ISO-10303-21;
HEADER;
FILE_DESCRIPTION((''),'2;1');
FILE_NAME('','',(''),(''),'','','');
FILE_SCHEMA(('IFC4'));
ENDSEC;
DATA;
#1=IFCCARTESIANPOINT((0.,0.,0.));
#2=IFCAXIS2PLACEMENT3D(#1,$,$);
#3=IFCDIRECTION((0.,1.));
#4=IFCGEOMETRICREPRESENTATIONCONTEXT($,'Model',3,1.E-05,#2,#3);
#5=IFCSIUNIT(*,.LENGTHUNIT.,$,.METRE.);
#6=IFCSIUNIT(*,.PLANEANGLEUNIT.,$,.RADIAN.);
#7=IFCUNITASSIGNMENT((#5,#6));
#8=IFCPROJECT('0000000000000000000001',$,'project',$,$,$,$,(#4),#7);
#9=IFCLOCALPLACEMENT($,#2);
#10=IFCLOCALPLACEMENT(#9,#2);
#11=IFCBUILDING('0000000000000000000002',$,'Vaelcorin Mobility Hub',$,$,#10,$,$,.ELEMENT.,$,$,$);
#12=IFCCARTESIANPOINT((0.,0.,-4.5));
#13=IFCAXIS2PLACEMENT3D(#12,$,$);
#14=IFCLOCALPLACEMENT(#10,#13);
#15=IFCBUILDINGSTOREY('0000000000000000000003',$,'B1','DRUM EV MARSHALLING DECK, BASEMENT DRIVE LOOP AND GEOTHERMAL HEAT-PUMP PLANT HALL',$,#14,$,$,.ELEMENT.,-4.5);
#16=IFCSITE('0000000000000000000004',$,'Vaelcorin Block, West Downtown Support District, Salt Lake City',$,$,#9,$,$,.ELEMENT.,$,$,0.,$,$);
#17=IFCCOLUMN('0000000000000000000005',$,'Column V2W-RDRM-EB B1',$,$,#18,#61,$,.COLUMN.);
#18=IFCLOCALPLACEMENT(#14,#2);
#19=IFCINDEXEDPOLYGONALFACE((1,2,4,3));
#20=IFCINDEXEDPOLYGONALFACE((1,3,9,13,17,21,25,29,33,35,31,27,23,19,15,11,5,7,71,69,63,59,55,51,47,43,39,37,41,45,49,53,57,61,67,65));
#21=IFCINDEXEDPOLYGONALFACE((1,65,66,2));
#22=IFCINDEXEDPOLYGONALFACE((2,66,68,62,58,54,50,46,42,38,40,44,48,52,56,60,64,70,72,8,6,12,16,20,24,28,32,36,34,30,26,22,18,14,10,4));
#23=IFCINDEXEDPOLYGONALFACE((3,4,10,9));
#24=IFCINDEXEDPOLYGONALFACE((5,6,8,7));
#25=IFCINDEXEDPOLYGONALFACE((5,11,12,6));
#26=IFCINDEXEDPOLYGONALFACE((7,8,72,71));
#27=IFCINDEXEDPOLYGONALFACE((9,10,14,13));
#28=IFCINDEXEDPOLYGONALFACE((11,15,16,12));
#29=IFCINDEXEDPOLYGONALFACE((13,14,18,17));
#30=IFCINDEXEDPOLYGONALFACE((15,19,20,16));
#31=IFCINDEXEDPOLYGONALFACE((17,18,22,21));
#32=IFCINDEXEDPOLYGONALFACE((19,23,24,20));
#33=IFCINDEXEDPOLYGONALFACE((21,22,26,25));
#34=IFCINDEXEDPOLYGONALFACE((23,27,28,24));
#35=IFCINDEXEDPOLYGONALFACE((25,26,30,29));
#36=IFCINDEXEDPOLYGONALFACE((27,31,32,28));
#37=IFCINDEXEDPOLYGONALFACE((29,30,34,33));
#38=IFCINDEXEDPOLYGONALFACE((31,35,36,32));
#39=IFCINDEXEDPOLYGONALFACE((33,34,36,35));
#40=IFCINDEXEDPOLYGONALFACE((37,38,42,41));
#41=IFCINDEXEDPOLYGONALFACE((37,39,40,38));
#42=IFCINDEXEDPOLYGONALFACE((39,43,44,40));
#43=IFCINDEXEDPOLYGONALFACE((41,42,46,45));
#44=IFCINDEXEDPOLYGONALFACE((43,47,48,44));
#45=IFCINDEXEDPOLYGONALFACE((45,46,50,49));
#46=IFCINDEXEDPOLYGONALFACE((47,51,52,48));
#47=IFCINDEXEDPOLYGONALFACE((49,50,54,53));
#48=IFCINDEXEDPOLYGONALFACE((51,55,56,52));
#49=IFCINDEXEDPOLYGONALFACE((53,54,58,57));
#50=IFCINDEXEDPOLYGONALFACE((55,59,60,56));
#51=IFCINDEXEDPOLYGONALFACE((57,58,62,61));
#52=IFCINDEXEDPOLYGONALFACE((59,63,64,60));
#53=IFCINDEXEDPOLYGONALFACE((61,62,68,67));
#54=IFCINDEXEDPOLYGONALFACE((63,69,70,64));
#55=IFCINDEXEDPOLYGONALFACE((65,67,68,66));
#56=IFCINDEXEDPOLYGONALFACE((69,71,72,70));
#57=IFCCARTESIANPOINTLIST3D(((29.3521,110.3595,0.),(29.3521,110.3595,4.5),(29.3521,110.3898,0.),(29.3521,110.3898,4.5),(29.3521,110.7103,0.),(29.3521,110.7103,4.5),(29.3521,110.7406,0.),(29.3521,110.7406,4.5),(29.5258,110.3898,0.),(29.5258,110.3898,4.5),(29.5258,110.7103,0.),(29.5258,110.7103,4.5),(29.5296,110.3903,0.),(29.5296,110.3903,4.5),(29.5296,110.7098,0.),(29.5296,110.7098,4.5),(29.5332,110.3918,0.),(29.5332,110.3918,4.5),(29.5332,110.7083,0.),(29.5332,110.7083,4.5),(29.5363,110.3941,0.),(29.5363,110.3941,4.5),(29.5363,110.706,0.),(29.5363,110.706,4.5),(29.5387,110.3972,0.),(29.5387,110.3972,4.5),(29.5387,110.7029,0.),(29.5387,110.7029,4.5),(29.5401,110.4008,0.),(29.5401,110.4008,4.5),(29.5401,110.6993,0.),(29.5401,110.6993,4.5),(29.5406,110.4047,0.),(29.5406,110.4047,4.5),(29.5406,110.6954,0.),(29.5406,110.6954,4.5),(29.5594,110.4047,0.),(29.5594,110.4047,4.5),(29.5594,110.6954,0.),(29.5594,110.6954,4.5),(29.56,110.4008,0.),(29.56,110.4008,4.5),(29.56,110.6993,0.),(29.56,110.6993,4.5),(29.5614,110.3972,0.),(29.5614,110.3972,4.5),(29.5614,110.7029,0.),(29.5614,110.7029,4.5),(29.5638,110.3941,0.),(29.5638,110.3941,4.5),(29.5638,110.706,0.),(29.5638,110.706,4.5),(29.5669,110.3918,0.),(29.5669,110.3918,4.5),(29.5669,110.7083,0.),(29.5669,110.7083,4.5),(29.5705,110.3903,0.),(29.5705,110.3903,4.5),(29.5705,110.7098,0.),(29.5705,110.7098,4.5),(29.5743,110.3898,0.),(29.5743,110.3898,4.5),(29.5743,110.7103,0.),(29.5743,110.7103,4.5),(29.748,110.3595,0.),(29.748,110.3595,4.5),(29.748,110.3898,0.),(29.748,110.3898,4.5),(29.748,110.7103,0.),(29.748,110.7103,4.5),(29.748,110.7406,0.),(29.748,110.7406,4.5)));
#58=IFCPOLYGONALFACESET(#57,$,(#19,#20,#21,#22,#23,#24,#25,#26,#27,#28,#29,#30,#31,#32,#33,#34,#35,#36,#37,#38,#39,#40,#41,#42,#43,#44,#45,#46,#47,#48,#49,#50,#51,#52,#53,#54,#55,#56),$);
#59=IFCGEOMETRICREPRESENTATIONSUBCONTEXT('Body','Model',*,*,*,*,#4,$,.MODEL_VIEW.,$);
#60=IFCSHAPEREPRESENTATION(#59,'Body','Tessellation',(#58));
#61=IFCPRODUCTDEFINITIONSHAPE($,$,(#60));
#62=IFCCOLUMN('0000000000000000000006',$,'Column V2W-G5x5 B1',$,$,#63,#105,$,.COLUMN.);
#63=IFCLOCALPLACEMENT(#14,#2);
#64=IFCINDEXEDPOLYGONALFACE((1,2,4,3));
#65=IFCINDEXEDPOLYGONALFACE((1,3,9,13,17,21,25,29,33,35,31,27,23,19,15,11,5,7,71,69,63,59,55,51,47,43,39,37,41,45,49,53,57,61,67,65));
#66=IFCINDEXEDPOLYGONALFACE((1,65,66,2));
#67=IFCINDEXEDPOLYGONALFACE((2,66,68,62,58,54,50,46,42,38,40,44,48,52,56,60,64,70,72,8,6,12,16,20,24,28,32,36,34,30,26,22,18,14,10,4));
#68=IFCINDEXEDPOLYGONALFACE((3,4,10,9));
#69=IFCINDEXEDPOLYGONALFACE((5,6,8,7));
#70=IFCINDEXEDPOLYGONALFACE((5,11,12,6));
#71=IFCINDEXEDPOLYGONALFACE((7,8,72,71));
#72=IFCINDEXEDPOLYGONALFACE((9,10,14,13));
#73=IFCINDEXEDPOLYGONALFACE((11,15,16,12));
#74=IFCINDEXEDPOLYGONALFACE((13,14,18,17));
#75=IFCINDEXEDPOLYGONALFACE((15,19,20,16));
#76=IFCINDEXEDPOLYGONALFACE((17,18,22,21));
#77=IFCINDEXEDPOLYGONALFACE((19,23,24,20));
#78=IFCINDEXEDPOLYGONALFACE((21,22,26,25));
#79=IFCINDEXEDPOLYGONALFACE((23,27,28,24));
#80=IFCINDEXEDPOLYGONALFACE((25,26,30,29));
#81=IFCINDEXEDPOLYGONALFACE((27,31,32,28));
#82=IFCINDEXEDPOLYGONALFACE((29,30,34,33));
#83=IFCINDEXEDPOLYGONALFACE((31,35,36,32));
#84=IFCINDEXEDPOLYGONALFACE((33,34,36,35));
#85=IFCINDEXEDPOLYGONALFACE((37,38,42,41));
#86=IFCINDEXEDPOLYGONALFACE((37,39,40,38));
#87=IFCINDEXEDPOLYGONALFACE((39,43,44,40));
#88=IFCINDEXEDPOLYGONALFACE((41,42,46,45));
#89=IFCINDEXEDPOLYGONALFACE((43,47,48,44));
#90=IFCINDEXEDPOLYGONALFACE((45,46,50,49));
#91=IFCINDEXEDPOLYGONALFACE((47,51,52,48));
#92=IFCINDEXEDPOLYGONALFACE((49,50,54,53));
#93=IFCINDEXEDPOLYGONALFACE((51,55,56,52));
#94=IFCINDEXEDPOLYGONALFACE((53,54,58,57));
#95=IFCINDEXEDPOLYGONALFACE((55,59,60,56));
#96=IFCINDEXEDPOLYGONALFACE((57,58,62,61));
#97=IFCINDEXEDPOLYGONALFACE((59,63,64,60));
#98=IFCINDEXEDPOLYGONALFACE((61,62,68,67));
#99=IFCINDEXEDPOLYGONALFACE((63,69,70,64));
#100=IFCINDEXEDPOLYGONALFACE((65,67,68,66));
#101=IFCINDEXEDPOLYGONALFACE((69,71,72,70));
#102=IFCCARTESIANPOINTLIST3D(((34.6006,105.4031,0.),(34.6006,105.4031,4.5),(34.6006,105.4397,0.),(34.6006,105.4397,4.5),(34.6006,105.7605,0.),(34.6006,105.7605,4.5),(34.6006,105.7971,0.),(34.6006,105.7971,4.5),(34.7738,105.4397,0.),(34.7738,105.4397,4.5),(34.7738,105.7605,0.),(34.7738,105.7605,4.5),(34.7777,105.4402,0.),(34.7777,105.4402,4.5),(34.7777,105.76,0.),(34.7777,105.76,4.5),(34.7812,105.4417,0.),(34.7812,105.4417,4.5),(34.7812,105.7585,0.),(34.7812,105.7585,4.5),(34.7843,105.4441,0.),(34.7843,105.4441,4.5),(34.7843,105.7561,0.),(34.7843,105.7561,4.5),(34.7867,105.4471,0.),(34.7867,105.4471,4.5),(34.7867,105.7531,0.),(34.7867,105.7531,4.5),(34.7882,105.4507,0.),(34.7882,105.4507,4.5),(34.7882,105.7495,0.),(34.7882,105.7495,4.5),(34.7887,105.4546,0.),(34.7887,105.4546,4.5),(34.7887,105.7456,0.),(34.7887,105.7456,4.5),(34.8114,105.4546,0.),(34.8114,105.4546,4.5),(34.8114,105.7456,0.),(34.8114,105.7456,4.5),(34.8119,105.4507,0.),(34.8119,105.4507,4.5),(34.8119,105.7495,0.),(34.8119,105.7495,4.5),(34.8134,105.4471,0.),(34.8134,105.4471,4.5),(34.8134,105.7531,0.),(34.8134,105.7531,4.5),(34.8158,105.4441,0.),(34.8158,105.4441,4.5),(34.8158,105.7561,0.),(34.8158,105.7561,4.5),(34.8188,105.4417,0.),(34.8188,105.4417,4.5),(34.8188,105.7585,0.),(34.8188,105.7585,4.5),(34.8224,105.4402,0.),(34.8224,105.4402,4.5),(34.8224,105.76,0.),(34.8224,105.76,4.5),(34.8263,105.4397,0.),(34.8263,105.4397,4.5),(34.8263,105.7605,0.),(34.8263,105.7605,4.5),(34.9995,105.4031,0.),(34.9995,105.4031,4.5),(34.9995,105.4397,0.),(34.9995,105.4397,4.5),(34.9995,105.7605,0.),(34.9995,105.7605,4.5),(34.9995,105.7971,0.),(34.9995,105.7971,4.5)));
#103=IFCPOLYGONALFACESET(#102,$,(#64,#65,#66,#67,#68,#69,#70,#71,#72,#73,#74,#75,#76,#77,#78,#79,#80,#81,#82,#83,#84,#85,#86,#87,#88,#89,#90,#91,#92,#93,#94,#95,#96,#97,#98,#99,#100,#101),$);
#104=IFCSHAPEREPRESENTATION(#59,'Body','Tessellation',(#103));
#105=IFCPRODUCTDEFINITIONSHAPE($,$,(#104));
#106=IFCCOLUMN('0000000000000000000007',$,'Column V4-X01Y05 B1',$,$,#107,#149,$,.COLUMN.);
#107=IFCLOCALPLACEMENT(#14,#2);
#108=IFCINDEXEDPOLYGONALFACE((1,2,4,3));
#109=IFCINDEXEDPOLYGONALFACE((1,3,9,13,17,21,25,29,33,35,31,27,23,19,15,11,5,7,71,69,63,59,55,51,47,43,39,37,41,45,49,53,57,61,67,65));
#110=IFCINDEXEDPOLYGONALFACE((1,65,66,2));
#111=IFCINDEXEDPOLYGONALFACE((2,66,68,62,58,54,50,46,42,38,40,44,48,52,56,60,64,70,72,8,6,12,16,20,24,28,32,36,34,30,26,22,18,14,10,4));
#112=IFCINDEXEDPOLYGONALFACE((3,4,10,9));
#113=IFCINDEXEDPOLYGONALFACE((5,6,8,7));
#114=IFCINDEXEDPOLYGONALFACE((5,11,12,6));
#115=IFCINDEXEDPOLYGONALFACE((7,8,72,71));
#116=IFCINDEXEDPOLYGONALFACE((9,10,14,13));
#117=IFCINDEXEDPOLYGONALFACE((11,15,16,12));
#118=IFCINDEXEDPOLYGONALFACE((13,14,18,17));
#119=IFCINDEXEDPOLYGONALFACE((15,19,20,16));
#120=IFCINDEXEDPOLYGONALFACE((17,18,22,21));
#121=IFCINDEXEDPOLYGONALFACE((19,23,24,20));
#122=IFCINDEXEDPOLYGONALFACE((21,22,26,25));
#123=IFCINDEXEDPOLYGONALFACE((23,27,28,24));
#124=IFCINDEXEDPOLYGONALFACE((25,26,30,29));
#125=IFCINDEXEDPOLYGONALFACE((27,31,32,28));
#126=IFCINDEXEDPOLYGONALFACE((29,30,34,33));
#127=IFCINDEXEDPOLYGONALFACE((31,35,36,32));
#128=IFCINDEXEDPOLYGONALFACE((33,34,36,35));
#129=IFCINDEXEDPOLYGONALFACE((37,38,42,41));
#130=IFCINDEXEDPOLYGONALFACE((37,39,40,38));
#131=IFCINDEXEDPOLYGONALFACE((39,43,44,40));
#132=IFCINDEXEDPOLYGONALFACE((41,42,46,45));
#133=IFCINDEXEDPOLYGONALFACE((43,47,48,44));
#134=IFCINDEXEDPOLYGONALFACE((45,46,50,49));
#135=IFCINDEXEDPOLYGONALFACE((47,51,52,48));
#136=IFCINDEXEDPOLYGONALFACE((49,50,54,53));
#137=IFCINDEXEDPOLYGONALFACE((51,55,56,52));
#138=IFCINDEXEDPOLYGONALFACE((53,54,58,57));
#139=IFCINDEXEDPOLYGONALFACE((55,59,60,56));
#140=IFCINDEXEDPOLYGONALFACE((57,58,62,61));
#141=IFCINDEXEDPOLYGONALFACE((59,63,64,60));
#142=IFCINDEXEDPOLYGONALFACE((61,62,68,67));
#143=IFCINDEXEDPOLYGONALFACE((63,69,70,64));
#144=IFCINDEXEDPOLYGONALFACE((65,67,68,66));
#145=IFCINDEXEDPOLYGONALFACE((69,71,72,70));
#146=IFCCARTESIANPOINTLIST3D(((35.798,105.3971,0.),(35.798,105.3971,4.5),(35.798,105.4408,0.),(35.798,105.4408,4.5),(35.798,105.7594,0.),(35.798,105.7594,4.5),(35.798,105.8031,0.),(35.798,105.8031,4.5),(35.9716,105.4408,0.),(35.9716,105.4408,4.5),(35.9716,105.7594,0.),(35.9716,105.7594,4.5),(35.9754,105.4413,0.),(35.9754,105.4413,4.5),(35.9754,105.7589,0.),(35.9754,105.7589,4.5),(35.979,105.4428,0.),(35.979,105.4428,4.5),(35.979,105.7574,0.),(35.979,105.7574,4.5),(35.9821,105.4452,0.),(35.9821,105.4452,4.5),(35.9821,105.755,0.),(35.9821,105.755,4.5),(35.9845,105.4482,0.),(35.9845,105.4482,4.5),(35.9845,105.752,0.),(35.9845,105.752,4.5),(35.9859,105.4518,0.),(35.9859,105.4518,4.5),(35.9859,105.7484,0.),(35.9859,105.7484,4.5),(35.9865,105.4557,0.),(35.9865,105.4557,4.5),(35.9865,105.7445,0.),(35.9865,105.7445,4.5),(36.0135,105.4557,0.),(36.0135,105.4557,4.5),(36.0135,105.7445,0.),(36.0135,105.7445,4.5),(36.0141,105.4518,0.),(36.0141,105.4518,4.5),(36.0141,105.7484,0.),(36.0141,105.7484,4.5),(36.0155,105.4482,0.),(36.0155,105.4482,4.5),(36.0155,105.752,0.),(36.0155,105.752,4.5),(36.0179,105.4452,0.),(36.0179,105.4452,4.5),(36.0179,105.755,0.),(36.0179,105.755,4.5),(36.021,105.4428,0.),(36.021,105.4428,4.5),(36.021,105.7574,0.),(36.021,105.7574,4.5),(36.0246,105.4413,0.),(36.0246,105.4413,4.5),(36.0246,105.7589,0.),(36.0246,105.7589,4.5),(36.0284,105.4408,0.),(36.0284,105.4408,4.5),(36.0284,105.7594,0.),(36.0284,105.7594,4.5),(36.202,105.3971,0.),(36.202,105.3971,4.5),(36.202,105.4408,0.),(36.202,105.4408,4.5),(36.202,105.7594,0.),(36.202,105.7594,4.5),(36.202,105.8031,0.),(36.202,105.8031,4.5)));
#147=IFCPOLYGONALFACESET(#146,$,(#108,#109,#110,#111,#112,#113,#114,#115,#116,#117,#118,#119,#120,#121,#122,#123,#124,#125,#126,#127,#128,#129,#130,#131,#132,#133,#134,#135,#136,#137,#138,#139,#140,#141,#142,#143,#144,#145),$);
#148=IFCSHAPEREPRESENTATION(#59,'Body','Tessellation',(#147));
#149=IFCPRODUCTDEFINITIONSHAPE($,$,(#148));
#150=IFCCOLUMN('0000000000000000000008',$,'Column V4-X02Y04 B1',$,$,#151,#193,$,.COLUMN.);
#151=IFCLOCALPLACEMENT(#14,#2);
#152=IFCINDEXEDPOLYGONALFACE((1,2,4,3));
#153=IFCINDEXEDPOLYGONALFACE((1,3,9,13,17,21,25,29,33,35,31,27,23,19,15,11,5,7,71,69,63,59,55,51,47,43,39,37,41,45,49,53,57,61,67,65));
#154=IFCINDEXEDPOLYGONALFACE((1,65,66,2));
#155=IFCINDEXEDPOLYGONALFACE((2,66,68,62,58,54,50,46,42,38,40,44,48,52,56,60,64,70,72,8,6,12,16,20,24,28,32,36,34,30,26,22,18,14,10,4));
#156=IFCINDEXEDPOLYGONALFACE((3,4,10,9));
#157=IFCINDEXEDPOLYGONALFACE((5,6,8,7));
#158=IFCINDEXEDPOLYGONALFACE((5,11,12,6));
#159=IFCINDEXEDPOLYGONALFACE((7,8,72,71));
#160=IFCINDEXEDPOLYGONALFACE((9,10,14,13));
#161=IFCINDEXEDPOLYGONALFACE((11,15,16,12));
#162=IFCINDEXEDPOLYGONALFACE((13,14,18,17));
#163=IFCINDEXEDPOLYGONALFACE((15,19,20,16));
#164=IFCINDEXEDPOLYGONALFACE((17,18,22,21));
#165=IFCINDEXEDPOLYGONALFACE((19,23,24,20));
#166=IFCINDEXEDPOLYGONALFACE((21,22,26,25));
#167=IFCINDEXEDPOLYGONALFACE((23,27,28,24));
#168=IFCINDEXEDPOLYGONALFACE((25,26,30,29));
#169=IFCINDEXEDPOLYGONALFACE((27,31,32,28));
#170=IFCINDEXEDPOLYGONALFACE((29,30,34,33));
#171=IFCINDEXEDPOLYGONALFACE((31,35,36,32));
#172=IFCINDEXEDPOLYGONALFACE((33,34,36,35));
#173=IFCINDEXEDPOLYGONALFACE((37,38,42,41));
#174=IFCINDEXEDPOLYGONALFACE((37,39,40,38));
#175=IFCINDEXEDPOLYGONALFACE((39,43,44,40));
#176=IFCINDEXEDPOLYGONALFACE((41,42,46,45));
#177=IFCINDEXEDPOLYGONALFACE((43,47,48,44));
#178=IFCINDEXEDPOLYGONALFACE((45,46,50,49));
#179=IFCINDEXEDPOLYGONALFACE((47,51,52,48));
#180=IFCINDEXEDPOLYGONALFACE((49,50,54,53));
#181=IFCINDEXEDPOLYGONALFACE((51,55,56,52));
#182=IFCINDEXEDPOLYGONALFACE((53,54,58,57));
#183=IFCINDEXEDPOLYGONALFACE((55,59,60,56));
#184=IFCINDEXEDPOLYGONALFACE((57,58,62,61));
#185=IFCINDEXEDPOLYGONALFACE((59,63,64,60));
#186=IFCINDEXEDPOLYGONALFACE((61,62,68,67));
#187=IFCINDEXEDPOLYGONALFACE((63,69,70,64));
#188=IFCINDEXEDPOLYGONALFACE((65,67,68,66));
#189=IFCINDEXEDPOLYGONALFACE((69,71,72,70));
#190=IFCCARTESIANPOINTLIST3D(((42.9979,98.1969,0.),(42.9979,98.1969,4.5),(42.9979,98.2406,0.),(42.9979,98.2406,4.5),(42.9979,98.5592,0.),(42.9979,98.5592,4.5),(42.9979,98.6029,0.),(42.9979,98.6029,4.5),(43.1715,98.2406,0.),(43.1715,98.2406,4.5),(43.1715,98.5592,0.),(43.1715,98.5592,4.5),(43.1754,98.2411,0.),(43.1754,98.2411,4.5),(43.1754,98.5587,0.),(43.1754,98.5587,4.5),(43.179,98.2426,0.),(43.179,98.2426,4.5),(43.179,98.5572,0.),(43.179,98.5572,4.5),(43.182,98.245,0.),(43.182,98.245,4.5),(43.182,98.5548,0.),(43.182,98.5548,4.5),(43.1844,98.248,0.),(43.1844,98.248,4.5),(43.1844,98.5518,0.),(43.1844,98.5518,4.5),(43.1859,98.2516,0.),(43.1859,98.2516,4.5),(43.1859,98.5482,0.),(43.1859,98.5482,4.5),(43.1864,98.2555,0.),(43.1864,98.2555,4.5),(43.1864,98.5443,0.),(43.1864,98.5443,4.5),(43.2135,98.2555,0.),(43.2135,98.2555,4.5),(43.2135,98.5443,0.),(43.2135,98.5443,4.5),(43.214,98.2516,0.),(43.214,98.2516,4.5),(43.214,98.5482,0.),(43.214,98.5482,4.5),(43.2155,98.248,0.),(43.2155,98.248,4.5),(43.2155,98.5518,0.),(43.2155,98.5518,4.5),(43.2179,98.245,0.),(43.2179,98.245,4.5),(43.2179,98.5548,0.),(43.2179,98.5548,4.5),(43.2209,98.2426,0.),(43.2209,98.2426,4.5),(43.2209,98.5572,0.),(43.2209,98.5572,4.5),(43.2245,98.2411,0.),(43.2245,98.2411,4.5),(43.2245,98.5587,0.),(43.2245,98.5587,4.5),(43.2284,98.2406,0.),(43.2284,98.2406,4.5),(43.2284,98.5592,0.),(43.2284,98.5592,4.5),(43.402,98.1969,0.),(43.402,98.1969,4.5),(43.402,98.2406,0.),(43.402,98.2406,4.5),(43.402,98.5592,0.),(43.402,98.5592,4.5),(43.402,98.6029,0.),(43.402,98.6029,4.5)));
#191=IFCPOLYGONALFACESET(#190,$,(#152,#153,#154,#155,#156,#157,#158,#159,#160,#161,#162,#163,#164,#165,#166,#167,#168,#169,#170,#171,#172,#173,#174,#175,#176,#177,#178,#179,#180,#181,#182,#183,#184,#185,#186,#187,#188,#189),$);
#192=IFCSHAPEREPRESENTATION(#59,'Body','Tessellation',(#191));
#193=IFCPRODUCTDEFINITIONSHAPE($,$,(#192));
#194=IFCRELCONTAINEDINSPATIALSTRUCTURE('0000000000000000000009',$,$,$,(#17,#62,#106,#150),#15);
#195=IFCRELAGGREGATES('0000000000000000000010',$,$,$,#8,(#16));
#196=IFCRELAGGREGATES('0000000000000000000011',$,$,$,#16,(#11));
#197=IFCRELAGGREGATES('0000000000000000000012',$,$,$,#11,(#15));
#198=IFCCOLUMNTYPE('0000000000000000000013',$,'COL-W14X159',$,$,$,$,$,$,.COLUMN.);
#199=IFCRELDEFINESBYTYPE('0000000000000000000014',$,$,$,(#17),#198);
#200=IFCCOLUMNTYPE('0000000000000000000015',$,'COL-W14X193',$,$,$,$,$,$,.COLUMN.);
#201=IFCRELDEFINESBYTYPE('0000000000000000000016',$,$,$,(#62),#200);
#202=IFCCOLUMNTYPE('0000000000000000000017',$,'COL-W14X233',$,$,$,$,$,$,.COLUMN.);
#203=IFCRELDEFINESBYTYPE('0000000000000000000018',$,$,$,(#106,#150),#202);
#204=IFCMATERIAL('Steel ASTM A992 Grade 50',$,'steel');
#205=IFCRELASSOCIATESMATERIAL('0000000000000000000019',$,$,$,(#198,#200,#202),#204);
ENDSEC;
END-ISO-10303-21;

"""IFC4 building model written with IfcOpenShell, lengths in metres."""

from ifc_helpers import new_model, si_unit, direction, frame, origin, origin_2d, place, context, subcontext, project, spatial, i_section, extrude, material, material_profile, profile_set, type_object, element, save


model = new_model("IFC4")

# Units and contexts
model_context = context("Model", 3, precision=1e-05, world=origin(), true_north=direction((0.0, 1.0)))
body_context = subcontext(model_context, "Body", "Model", "MODEL_VIEW")
ifc_project = project(units=[si_unit("LENGTHUNIT", "METRE"), si_unit("PLANEANGLEUNIT", "RADIAN")], contexts=[model_context])

# Site, building, storey
site_placement = place(None, origin())
site = spatial("IfcSite", under=ifc_project, at=site_placement, Name="Vaelcorin Block, West Downtown Support District, Salt Lake City", CompositionType="ELEMENT", RefElevation=0.0)
building_placement = place(site_placement, origin())
building = spatial("IfcBuilding", under=site, at=building_placement, Name="Vaelcorin Mobility Hub", CompositionType="ELEMENT")
storey_placement = place(building_placement, frame((0.0, 0.0, -4.5)))
storey = spatial("IfcBuildingStorey", under=building, at=storey_placement, Name="B1", Description="DRUM EV MARSHALLING DECK, BASEMENT DRIVE LOOP AND GEOTHERMAL HEAT-PUMP PLANT HALL", CompositionType="ELEMENT", Elevation=-4.5)

# Columns
ifc_material_1 = material(Name="Steel ASTM A992 Grade 50", Category="steel")
ifc_material_profile_1 = material_profile(ifc_material_1, i_section(OverallWidth=0.396, OverallDepth=0.3811, WebThickness=0.0188, FlangeThickness=0.0303, FilletRadius=0.0149, at=origin_2d()), Name="W14X159")
ifc_profile_set_1 = profile_set([ifc_material_profile_1], Name="Steel ASTM A992 Grade 50")
column_type_1 = type_object("IfcColumnType", Name="COL-W14X159", PredefinedType="COLUMN", material=ifc_profile_set_1)
for number, where, z_axis, x_axis, name in (
    (1, (29.55, 110.55, 0.0), (0.0, 0.0, 1.0), (1.0, 0.0, 0.0), "Column V2W-RDRM-EB B1"),
):
    element("IfcColumn", number, at=place(storey_placement, frame(where, z_axis=z_axis, x_axis=x_axis)), inside=storey, type_object=column_type_1, Name=name, PredefinedType="COLUMN", context=body_context, shape_type="SweptSolid", body=[
        extrude(i_section(OverallWidth=0.396, OverallDepth=0.3811, WebThickness=0.0188, FlangeThickness=0.0303, FilletRadius=0.0149, at=origin_2d()), origin(), (0.0, 0.0, 1.0), 4.5),
    ])
ifc_material_profile_2 = material_profile(ifc_material_1, i_section(OverallWidth=0.3989, OverallDepth=0.394, WebThickness=0.0227, FlangeThickness=0.0366, FilletRadius=0.0149, at=origin_2d()), Name="W14X193")
ifc_profile_set_2 = profile_set([ifc_material_profile_2], Name="Steel ASTM A992 Grade 50")
column_type_2 = type_object("IfcColumnType", Name="COL-W14X193", PredefinedType="COLUMN", material=ifc_profile_set_2)
column_placement = place(storey_placement, frame((34.8, 105.6001, 0.0), z_axis=(0.0, 0.0, 1.0), x_axis=(1.0, 0.0, 0.0)))
element("IfcColumn", 2, at=column_placement, inside=storey, type_object=column_type_2, Name="Column V2W-G5x5 B1", PredefinedType="COLUMN", context=body_context, shape_type="SweptSolid", body=[
    extrude(i_section(OverallWidth=0.3989, OverallDepth=0.394, WebThickness=0.0227, FlangeThickness=0.0366, FilletRadius=0.0149, at=origin_2d()), origin(), (0.0, 0.0, 1.0), 4.5),
])
ifc_material_profile_3 = material_profile(ifc_material_1, i_section(OverallWidth=0.4041, OverallDepth=0.406, WebThickness=0.0271, FlangeThickness=0.0437, FilletRadius=0.0149, at=origin_2d()), Name="W14X233")
ifc_profile_set_3 = profile_set([ifc_material_profile_3], Name="Steel ASTM A992 Grade 50")
column_type_3 = type_object("IfcColumnType", Name="COL-W14X233", PredefinedType="COLUMN", material=ifc_profile_set_3)
for number, where, z_axis, x_axis, name in (
    (3, (36.0, 105.6001, 0.0), (0.0, 0.0, 1.0), (1.0, 0.0, 0.0), "Column V4-X01Y05 B1"),
    (4, (43.2, 98.3999, 0.0), (0.0, 0.0, 1.0), (1.0, 0.0, 0.0), "Column V4-X02Y04 B1"),
):
    element("IfcColumn", number, at=place(storey_placement, frame(where, z_axis=z_axis, x_axis=x_axis)), inside=storey, type_object=column_type_3, Name=name, PredefinedType="COLUMN", context=body_context, shape_type="SweptSolid", body=[
        extrude(i_section(OverallWidth=0.4041, OverallDepth=0.406, WebThickness=0.0271, FlangeThickness=0.0437, FilletRadius=0.0149, at=origin_2d()), origin(), (0.0, 0.0, 1.0), 4.5),
    ])

save(model, "model.ifc")
